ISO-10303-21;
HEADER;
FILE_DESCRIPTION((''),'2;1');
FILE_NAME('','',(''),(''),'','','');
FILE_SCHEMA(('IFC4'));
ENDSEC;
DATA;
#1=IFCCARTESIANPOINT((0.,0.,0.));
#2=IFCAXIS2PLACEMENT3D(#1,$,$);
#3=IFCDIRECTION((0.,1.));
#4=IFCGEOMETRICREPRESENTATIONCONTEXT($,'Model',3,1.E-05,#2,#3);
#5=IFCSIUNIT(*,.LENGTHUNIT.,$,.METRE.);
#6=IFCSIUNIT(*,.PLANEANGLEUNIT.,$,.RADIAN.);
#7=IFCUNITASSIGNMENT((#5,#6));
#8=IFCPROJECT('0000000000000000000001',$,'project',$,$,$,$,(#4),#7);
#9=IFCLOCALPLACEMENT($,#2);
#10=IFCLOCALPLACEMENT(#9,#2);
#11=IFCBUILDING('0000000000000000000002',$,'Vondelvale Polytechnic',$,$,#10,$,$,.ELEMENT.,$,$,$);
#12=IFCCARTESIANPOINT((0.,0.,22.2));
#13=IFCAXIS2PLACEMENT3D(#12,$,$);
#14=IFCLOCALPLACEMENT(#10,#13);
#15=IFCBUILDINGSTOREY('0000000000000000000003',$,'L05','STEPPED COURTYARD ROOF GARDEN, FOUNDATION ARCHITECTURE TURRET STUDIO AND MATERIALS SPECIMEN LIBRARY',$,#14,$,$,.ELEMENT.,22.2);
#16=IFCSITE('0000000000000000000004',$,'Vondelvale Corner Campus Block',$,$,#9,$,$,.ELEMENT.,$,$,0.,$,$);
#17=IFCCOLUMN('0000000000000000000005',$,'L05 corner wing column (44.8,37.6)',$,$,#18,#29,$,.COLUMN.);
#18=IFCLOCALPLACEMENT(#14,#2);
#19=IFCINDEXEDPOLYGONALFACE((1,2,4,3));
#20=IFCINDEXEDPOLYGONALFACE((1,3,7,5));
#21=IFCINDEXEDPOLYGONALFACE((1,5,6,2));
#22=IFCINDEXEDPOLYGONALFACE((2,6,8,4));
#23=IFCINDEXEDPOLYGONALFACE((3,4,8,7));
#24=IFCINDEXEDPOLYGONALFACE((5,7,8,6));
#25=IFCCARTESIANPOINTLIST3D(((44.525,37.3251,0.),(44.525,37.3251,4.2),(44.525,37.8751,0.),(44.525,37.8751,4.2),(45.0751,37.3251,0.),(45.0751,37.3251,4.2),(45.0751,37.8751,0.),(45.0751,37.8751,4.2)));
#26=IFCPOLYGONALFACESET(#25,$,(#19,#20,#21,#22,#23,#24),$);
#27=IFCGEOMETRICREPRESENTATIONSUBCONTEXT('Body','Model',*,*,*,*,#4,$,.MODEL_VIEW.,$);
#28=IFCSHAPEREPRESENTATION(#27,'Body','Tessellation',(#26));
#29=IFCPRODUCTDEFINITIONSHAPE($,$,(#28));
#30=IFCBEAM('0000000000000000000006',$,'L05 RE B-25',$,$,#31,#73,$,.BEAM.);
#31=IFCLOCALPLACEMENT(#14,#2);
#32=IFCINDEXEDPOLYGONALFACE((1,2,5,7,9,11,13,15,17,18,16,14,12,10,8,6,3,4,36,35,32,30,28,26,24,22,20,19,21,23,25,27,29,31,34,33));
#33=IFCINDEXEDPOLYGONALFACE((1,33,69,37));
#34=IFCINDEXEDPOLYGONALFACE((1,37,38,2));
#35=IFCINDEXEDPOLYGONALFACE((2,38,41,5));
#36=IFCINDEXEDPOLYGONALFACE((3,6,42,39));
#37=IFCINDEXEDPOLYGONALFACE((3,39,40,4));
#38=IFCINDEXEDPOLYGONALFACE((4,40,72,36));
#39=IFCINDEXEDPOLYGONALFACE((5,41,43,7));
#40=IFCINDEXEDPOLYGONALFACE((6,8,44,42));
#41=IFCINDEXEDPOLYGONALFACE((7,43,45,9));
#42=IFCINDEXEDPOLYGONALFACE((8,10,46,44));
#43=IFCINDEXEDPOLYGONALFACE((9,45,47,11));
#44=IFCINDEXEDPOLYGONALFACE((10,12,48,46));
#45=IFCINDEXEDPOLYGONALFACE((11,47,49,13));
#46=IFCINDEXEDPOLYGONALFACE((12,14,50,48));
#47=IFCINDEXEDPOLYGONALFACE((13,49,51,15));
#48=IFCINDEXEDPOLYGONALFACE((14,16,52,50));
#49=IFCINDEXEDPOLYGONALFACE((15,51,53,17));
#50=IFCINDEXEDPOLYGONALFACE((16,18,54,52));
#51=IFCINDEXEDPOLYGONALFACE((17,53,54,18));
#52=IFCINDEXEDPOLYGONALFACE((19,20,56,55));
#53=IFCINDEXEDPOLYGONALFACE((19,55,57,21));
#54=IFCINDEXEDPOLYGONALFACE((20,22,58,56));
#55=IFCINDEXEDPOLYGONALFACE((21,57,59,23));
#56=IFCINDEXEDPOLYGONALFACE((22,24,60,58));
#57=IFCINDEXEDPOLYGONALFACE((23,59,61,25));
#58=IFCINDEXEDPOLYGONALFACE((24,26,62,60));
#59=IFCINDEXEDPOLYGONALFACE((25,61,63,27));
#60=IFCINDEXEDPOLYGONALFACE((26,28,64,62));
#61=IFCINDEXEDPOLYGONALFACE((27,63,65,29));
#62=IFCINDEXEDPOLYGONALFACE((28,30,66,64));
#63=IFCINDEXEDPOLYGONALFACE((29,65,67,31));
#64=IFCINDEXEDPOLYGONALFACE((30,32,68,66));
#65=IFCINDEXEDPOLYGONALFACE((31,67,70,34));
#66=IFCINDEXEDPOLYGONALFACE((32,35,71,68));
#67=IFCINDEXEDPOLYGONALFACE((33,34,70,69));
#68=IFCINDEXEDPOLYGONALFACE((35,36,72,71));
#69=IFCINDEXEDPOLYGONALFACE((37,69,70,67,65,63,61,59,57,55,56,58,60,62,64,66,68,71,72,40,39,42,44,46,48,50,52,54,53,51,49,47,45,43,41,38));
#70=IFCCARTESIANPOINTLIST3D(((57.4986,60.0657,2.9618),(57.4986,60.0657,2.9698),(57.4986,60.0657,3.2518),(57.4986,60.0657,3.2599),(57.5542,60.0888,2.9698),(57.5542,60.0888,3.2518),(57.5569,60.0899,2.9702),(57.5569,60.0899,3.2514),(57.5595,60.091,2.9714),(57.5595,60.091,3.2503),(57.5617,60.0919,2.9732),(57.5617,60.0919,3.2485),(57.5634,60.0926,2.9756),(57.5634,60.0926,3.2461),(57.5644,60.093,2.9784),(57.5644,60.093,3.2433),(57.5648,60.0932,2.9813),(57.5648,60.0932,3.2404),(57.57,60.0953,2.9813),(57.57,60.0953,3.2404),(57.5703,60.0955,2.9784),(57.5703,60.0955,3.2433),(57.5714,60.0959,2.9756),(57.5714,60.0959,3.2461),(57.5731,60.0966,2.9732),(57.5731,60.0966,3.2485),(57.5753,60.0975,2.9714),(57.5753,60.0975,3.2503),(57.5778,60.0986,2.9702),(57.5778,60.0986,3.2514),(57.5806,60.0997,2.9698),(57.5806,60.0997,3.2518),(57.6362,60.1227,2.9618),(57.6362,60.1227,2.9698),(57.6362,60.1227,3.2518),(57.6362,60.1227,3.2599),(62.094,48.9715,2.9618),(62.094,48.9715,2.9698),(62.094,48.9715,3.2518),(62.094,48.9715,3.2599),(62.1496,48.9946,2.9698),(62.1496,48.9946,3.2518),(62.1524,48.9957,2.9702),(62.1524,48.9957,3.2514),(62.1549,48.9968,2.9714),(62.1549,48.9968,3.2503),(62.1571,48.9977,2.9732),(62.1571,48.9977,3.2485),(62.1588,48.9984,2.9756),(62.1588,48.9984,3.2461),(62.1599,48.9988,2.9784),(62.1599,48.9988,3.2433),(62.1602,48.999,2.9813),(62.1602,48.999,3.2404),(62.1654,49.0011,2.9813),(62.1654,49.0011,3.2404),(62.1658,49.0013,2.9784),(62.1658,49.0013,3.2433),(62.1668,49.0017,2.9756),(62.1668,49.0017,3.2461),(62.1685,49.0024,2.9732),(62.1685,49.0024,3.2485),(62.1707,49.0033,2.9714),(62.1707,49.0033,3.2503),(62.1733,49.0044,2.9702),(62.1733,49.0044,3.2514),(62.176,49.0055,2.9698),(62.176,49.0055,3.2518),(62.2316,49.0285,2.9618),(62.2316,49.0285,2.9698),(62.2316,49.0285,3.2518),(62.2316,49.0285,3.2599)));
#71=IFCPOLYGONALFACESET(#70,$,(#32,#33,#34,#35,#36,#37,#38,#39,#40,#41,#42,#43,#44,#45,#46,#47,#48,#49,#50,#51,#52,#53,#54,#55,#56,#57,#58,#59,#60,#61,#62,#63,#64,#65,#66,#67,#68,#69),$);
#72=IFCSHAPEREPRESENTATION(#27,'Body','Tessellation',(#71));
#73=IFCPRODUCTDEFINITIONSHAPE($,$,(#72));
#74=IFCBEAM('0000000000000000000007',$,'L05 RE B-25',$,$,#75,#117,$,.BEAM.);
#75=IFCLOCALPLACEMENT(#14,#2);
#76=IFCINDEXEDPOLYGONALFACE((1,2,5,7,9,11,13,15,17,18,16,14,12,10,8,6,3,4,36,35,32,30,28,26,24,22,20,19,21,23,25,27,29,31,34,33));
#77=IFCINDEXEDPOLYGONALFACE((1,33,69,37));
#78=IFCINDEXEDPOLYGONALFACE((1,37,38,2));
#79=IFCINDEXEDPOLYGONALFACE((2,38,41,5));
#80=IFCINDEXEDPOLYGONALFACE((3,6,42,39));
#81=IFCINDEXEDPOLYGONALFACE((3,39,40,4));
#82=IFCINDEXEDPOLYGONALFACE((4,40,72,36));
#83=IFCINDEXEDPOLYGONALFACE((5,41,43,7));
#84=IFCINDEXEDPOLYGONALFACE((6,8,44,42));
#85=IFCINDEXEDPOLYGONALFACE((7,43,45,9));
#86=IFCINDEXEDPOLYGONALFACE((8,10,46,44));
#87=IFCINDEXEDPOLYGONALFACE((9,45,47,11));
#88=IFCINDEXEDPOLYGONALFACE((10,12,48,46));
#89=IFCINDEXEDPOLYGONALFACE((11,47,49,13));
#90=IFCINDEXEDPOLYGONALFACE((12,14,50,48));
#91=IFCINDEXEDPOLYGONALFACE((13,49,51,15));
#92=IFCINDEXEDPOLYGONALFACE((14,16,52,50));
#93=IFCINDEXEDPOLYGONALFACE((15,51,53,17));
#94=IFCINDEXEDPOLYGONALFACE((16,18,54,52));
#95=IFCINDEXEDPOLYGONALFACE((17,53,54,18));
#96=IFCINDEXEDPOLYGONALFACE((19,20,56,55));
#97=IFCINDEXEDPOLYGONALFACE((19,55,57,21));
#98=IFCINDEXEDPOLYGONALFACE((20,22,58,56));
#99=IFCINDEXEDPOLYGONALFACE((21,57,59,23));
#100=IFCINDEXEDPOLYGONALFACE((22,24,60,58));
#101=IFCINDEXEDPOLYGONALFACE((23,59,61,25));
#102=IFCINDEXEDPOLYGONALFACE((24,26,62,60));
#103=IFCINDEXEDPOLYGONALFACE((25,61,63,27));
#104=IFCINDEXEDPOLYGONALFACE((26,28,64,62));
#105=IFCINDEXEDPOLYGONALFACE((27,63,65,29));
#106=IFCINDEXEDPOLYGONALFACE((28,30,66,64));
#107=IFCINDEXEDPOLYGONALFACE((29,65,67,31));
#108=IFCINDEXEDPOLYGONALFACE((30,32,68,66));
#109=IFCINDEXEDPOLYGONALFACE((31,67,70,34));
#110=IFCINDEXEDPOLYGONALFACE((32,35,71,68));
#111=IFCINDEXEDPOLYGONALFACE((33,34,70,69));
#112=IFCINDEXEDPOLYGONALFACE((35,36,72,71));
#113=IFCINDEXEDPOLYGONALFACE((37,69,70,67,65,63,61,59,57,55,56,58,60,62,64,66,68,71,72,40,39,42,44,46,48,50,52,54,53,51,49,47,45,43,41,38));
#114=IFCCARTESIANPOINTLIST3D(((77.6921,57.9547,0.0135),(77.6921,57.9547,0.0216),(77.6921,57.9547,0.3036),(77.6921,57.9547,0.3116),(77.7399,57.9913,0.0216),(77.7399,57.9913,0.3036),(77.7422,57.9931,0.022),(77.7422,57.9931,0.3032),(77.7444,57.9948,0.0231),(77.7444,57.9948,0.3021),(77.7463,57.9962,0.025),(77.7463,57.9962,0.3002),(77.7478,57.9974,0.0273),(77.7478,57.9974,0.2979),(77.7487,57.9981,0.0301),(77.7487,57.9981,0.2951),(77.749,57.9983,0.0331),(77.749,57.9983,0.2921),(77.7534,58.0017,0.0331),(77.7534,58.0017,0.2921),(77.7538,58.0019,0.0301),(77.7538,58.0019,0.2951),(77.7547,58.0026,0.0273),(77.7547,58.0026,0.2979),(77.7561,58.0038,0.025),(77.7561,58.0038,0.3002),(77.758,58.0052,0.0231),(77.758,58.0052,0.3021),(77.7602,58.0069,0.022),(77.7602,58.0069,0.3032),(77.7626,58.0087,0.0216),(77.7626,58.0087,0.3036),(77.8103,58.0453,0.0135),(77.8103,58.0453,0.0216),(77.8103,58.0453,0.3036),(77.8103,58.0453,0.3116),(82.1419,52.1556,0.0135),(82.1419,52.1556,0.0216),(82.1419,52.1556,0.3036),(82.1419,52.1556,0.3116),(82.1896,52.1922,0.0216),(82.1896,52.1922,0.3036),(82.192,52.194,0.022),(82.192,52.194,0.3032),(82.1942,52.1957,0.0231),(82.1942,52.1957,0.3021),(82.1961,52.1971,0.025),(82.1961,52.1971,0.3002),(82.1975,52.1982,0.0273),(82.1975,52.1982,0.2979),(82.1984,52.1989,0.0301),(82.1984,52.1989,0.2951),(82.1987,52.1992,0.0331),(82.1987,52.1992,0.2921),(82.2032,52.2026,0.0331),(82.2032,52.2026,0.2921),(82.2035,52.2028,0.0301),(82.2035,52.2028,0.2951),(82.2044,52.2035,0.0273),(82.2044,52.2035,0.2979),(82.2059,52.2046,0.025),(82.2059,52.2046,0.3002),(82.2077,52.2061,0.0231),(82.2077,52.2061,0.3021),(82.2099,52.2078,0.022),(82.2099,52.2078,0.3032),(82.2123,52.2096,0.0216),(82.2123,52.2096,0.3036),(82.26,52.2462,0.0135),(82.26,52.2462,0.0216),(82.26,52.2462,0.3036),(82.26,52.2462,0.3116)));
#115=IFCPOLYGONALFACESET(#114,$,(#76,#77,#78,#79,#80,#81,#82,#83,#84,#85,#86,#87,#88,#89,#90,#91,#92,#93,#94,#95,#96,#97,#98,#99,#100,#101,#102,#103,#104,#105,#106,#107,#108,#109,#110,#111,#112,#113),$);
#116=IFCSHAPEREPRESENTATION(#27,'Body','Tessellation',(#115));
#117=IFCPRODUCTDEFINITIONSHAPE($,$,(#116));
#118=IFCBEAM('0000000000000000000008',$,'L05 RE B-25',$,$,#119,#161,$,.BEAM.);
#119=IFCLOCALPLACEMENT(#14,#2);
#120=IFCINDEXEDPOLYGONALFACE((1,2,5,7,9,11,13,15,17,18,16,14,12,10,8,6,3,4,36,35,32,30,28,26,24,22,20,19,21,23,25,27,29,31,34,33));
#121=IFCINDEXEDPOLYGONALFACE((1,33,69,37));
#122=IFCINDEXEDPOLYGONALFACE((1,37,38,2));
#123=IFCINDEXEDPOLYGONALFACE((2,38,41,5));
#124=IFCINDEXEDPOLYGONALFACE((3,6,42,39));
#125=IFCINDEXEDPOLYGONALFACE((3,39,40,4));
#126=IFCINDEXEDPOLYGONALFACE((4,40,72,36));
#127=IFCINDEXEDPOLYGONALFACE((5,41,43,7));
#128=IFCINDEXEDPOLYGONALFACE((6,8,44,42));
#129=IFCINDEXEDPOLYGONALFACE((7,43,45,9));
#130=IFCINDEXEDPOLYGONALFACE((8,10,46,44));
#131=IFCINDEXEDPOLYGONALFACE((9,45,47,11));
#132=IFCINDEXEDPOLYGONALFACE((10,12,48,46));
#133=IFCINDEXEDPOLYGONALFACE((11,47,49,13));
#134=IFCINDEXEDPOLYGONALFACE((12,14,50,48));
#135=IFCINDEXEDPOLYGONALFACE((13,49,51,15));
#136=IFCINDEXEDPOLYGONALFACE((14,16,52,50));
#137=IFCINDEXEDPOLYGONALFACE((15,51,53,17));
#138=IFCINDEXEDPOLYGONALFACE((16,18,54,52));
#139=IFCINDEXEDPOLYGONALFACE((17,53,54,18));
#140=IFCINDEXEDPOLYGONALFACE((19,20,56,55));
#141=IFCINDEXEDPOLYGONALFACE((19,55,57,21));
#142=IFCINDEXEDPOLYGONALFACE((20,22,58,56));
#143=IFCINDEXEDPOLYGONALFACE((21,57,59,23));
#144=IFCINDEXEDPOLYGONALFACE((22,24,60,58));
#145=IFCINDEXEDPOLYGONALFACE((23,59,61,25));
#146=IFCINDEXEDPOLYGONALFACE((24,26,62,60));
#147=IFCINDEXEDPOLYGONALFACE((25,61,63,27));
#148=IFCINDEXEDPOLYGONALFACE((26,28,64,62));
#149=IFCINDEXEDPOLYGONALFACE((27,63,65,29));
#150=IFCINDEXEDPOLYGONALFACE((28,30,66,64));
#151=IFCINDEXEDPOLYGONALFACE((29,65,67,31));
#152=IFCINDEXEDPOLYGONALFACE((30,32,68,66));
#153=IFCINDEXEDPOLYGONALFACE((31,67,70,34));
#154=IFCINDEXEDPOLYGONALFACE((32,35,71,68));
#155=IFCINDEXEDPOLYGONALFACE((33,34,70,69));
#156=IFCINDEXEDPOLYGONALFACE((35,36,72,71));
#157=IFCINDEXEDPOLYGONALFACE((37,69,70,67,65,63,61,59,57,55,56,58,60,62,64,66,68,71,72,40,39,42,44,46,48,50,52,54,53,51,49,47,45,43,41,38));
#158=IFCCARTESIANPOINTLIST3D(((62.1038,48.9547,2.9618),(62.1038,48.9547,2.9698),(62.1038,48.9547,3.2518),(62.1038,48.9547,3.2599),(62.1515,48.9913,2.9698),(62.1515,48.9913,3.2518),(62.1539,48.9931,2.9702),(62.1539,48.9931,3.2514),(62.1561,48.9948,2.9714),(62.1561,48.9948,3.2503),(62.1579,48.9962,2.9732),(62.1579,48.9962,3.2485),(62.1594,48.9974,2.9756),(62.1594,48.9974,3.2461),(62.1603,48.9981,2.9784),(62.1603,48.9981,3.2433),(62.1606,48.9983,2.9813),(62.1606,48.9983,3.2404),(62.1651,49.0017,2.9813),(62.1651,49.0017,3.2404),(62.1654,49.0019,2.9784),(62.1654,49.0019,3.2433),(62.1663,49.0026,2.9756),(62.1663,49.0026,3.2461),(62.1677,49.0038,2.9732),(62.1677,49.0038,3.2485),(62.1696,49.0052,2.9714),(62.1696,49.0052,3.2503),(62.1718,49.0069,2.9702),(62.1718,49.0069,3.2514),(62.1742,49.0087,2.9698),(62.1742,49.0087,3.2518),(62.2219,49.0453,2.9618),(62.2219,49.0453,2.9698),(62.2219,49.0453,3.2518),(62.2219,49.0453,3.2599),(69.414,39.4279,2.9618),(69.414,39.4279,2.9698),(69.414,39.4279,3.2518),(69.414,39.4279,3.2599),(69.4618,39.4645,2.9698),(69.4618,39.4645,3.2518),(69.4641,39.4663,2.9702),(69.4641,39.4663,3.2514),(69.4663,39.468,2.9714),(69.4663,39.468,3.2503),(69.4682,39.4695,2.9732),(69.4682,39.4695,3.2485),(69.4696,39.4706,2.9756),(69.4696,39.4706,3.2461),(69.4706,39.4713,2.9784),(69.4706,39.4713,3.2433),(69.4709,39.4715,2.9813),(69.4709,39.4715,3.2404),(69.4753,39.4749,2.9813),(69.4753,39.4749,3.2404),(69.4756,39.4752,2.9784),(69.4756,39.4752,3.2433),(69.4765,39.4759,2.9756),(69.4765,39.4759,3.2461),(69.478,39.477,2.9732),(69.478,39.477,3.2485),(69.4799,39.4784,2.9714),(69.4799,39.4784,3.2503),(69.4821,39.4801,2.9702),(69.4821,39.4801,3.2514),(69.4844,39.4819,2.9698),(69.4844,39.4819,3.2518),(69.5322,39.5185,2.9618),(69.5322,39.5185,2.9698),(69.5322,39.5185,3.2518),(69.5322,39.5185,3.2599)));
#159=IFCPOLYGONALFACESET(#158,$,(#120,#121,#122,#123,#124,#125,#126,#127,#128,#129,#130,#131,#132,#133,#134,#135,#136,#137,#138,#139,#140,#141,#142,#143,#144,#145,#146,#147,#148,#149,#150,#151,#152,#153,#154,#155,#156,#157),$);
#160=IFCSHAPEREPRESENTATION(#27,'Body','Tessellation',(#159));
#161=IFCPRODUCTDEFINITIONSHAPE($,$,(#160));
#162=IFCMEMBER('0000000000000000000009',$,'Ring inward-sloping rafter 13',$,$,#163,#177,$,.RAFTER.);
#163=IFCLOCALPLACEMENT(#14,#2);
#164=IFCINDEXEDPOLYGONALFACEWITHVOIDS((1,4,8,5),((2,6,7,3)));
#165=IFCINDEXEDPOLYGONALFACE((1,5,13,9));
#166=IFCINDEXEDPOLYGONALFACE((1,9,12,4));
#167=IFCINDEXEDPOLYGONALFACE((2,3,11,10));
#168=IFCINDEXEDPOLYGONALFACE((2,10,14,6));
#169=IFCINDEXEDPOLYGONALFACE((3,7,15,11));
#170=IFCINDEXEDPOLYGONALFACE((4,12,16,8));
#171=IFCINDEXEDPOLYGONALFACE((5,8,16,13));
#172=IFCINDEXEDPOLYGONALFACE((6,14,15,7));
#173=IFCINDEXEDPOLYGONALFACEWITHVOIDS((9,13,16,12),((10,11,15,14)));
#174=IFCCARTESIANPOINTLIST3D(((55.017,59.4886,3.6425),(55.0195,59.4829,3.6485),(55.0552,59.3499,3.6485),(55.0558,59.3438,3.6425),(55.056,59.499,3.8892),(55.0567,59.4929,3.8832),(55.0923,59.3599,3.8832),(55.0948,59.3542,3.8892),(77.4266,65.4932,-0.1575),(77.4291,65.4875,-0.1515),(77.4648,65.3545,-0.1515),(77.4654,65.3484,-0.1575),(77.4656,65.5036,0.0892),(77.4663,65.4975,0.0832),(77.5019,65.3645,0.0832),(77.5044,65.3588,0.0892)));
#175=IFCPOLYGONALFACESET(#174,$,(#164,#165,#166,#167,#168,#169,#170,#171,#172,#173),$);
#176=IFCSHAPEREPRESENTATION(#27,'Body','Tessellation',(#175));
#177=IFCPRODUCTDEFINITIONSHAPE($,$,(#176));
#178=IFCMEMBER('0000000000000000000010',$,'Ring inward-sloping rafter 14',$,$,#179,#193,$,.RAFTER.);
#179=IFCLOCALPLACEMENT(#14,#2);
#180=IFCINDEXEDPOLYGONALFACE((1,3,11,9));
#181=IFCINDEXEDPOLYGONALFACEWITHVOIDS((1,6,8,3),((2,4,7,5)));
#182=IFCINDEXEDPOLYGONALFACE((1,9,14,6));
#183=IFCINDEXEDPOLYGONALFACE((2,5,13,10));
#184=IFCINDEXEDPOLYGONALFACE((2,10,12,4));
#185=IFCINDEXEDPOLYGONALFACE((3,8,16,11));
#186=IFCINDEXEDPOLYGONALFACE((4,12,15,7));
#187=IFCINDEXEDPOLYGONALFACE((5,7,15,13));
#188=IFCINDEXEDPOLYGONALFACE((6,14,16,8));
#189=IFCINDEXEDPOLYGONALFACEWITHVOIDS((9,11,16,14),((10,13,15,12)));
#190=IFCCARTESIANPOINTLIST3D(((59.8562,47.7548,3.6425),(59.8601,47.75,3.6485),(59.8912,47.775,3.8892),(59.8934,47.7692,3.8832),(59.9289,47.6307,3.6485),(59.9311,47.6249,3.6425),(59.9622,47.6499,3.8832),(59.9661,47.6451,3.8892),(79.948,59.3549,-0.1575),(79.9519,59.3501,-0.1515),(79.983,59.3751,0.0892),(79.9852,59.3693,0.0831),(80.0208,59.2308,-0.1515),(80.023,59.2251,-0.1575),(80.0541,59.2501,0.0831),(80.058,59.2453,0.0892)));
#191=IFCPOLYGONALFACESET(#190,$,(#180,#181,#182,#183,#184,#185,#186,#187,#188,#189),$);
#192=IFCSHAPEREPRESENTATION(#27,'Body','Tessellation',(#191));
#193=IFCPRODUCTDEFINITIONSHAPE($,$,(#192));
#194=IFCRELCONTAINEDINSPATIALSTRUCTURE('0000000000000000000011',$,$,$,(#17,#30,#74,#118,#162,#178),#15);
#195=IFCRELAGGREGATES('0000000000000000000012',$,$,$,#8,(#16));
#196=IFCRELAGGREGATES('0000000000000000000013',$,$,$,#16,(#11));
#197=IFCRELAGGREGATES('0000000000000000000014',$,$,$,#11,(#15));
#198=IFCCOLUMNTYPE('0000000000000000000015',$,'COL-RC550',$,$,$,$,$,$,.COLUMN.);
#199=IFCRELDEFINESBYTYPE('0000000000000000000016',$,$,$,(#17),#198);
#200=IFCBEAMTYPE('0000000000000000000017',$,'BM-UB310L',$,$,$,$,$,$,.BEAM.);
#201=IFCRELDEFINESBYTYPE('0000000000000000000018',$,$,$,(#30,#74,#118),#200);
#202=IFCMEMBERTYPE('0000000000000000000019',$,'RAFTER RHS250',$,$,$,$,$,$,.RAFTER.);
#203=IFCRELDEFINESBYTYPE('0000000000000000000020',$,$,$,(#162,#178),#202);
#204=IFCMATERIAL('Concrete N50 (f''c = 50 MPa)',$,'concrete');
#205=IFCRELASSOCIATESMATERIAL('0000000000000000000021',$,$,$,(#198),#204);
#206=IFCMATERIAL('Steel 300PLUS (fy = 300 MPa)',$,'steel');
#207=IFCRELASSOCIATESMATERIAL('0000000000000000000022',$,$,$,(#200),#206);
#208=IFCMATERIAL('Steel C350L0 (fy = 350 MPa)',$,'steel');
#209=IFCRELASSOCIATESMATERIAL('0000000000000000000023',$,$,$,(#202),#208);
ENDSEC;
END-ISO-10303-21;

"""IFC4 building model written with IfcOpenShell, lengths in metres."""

from ifc_helpers import new_model, si_unit, direction, frame, origin, origin_2d, place, context, subcontext, project, spatial, rectangle, hollow_rectangle, i_section, extrude, material, material_profile, profile_set, type_object, element, save


model = new_model("IFC4")

# Units and contexts
model_context = context("Model", 3, precision=1e-05, world=origin(), true_north=direction((0.0, 1.0)))
body_context = subcontext(model_context, "Body", "Model", "MODEL_VIEW")
ifc_project = project(units=[si_unit("LENGTHUNIT", "METRE"), si_unit("PLANEANGLEUNIT", "RADIAN")], contexts=[model_context])

# Site, building, storey
site_placement = place(None, origin())
site = spatial("IfcSite", under=ifc_project, at=site_placement, Name="Vondelvale Corner Campus Block", CompositionType="ELEMENT", RefElevation=0.0)
building_placement = place(site_placement, origin())
building = spatial("IfcBuilding", under=site, at=building_placement, Name="Vondelvale Polytechnic", CompositionType="ELEMENT")
storey_placement = place(building_placement, frame((0.0, 0.0, 22.2)))
storey = spatial("IfcBuildingStorey", under=building, at=storey_placement, Name="L05", Description="STEPPED COURTYARD ROOF GARDEN, FOUNDATION ARCHITECTURE TURRET STUDIO AND MATERIALS SPECIMEN LIBRARY", CompositionType="ELEMENT", Elevation=22.2)

# Column
ifc_material_1 = material(Name="Concrete N50 (f'c = 50 MPa)", Category="concrete")
ifc_material_profile_1 = material_profile(ifc_material_1, rectangle(XDim=0.55, YDim=0.55, at=origin_2d()), Name="RC-COL-550x550")
ifc_profile_set_1 = profile_set([ifc_material_profile_1], Name="Concrete N50 (f'c = 50 MPa)")
column_type = type_object("IfcColumnType", Name="COL-RC550", PredefinedType="COLUMN", material=ifc_profile_set_1)
column_placement = place(storey_placement, frame((44.8, 37.6001, 0.0), z_axis=(0.0, 0.0, 1.0), x_axis=(1.0, 0.0, 0.0)))
element("IfcColumn", 1, at=column_placement, inside=storey, type_object=column_type, Name="L05 corner wing column (44.8,37.6)", PredefinedType="COLUMN", context=body_context, shape_type="SweptSolid", body=[
    extrude(rectangle(XDim=0.55, YDim=0.55, at=origin_2d()), origin(), (0.0, 0.0, 1.0), 4.2),
])

# Beams
ifc_material_2 = material(Name="Steel 300PLUS (fy = 300 MPa)", Category="steel")
ifc_material_profile_2 = material_profile(ifc_material_2, i_section(OverallWidth=0.1489, OverallDepth=0.2981, WebThickness=0.0056, FlangeThickness=0.0081, FilletRadius=0.0115, at=origin_2d()), Name="310UB32.0")
ifc_profile_set_2 = profile_set([ifc_material_profile_2], Name="Steel 300PLUS (fy = 300 MPa)")
beam_type = type_object("IfcBeamType", Name="BM-UB310L", PredefinedType="BEAM", material=ifc_profile_set_2)
beam_1_placement = place(storey_placement, frame((57.5674, 60.0942, 3.1108), z_axis=(0.382689, -0.923877, 0.0), x_axis=(0.923877, 0.382689, 0.0)))
element("IfcBeam", 2, at=beam_1_placement, inside=storey, type_object=beam_type, Name="L05 RE B-25", PredefinedType="BEAM", context=body_context, shape_type="SweptSolid", body=[
    extrude(i_section(OverallWidth=0.1489, OverallDepth=0.2981, WebThickness=0.0056, FlangeThickness=0.0081, FilletRadius=0.0115, at=origin_2d()), origin(), (0.0, 0.0, 1.0), 12.0083),
])
beam_2_placement = place(storey_placement, frame((77.7512, 58.0, 0.1626), z_axis=(0.608755, -0.793358, 0.0), x_axis=(0.793358, 0.608755, 0.0)))
element("IfcBeam", 3, at=beam_2_placement, inside=storey, type_object=beam_type, Name="L05 RE B-25", PredefinedType="BEAM", context=body_context, shape_type="SweptSolid", body=[
    extrude(i_section(OverallWidth=0.1489, OverallDepth=0.2981, WebThickness=0.0056, FlangeThickness=0.0081, FilletRadius=0.0115, at=origin_2d()), origin(), (0.0, 0.0, 1.0), 7.3096),
])
beam_3_placement = place(storey_placement, frame((62.1628, 49.0, 3.1108), z_axis=(0.608766, -0.79335, 0.0), x_axis=(0.79335, 0.608766, 0.0)))
element("IfcBeam", 4, at=beam_3_placement, inside=storey, type_object=beam_type, Name="L05 RE B-25", PredefinedType="BEAM", context=body_context, shape_type="SweptSolid", body=[
    extrude(i_section(OverallWidth=0.1489, OverallDepth=0.2981, WebThickness=0.0056, FlangeThickness=0.0081, FilletRadius=0.0115, at=origin_2d()), origin(), (0.0, 0.0, 1.0), 12.0083),
])

# Members
ifc_material_3 = material(Name="Steel C350L0 (fy = 350 MPa)", Category="steel")
ifc_material_profile_3 = material_profile(ifc_material_3, hollow_rectangle(XDim=0.1499, YDim=0.25, WallThickness=0.0061, at=origin_2d()), Name="250x150x6.0RHS")
ifc_profile_set_3 = profile_set([ifc_material_profile_3], Name="Steel C350L0 (fy = 350 MPa)")
member_type_1 = type_object("IfcMemberType", Name="RAFTER RHS250", PredefinedType="RAFTER", material=ifc_profile_set_3)
for number, where, z_axis, x_axis, name in (
    (5, (55.0559, 59.4214, 3.7659), (0.953224, 0.255415, -0.16164), (-0.258818, 0.965926, 0.0), "Ring inward-sloping rafter 13"),
    (6, (59.9111, 47.7, 3.7659), (0.854635, 0.493428, -0.161641), (-0.500003, 0.866024, 0.0), "Ring inward-sloping rafter 14"),
):
    element("IfcMember", number, at=place(storey_placement, frame(where, z_axis=z_axis, x_axis=x_axis)), inside=storey, type_object=member_type_1, Name=name, PredefinedType="RAFTER", context=body_context, shape_type="SweptSolid", body=[
        extrude(hollow_rectangle(XDim=0.1499, YDim=0.25, WallThickness=0.0061, at=origin_2d()), origin(), (0.0, 0.0, 1.0), 23.5093),
    ])

save(model, "model.ifc")
